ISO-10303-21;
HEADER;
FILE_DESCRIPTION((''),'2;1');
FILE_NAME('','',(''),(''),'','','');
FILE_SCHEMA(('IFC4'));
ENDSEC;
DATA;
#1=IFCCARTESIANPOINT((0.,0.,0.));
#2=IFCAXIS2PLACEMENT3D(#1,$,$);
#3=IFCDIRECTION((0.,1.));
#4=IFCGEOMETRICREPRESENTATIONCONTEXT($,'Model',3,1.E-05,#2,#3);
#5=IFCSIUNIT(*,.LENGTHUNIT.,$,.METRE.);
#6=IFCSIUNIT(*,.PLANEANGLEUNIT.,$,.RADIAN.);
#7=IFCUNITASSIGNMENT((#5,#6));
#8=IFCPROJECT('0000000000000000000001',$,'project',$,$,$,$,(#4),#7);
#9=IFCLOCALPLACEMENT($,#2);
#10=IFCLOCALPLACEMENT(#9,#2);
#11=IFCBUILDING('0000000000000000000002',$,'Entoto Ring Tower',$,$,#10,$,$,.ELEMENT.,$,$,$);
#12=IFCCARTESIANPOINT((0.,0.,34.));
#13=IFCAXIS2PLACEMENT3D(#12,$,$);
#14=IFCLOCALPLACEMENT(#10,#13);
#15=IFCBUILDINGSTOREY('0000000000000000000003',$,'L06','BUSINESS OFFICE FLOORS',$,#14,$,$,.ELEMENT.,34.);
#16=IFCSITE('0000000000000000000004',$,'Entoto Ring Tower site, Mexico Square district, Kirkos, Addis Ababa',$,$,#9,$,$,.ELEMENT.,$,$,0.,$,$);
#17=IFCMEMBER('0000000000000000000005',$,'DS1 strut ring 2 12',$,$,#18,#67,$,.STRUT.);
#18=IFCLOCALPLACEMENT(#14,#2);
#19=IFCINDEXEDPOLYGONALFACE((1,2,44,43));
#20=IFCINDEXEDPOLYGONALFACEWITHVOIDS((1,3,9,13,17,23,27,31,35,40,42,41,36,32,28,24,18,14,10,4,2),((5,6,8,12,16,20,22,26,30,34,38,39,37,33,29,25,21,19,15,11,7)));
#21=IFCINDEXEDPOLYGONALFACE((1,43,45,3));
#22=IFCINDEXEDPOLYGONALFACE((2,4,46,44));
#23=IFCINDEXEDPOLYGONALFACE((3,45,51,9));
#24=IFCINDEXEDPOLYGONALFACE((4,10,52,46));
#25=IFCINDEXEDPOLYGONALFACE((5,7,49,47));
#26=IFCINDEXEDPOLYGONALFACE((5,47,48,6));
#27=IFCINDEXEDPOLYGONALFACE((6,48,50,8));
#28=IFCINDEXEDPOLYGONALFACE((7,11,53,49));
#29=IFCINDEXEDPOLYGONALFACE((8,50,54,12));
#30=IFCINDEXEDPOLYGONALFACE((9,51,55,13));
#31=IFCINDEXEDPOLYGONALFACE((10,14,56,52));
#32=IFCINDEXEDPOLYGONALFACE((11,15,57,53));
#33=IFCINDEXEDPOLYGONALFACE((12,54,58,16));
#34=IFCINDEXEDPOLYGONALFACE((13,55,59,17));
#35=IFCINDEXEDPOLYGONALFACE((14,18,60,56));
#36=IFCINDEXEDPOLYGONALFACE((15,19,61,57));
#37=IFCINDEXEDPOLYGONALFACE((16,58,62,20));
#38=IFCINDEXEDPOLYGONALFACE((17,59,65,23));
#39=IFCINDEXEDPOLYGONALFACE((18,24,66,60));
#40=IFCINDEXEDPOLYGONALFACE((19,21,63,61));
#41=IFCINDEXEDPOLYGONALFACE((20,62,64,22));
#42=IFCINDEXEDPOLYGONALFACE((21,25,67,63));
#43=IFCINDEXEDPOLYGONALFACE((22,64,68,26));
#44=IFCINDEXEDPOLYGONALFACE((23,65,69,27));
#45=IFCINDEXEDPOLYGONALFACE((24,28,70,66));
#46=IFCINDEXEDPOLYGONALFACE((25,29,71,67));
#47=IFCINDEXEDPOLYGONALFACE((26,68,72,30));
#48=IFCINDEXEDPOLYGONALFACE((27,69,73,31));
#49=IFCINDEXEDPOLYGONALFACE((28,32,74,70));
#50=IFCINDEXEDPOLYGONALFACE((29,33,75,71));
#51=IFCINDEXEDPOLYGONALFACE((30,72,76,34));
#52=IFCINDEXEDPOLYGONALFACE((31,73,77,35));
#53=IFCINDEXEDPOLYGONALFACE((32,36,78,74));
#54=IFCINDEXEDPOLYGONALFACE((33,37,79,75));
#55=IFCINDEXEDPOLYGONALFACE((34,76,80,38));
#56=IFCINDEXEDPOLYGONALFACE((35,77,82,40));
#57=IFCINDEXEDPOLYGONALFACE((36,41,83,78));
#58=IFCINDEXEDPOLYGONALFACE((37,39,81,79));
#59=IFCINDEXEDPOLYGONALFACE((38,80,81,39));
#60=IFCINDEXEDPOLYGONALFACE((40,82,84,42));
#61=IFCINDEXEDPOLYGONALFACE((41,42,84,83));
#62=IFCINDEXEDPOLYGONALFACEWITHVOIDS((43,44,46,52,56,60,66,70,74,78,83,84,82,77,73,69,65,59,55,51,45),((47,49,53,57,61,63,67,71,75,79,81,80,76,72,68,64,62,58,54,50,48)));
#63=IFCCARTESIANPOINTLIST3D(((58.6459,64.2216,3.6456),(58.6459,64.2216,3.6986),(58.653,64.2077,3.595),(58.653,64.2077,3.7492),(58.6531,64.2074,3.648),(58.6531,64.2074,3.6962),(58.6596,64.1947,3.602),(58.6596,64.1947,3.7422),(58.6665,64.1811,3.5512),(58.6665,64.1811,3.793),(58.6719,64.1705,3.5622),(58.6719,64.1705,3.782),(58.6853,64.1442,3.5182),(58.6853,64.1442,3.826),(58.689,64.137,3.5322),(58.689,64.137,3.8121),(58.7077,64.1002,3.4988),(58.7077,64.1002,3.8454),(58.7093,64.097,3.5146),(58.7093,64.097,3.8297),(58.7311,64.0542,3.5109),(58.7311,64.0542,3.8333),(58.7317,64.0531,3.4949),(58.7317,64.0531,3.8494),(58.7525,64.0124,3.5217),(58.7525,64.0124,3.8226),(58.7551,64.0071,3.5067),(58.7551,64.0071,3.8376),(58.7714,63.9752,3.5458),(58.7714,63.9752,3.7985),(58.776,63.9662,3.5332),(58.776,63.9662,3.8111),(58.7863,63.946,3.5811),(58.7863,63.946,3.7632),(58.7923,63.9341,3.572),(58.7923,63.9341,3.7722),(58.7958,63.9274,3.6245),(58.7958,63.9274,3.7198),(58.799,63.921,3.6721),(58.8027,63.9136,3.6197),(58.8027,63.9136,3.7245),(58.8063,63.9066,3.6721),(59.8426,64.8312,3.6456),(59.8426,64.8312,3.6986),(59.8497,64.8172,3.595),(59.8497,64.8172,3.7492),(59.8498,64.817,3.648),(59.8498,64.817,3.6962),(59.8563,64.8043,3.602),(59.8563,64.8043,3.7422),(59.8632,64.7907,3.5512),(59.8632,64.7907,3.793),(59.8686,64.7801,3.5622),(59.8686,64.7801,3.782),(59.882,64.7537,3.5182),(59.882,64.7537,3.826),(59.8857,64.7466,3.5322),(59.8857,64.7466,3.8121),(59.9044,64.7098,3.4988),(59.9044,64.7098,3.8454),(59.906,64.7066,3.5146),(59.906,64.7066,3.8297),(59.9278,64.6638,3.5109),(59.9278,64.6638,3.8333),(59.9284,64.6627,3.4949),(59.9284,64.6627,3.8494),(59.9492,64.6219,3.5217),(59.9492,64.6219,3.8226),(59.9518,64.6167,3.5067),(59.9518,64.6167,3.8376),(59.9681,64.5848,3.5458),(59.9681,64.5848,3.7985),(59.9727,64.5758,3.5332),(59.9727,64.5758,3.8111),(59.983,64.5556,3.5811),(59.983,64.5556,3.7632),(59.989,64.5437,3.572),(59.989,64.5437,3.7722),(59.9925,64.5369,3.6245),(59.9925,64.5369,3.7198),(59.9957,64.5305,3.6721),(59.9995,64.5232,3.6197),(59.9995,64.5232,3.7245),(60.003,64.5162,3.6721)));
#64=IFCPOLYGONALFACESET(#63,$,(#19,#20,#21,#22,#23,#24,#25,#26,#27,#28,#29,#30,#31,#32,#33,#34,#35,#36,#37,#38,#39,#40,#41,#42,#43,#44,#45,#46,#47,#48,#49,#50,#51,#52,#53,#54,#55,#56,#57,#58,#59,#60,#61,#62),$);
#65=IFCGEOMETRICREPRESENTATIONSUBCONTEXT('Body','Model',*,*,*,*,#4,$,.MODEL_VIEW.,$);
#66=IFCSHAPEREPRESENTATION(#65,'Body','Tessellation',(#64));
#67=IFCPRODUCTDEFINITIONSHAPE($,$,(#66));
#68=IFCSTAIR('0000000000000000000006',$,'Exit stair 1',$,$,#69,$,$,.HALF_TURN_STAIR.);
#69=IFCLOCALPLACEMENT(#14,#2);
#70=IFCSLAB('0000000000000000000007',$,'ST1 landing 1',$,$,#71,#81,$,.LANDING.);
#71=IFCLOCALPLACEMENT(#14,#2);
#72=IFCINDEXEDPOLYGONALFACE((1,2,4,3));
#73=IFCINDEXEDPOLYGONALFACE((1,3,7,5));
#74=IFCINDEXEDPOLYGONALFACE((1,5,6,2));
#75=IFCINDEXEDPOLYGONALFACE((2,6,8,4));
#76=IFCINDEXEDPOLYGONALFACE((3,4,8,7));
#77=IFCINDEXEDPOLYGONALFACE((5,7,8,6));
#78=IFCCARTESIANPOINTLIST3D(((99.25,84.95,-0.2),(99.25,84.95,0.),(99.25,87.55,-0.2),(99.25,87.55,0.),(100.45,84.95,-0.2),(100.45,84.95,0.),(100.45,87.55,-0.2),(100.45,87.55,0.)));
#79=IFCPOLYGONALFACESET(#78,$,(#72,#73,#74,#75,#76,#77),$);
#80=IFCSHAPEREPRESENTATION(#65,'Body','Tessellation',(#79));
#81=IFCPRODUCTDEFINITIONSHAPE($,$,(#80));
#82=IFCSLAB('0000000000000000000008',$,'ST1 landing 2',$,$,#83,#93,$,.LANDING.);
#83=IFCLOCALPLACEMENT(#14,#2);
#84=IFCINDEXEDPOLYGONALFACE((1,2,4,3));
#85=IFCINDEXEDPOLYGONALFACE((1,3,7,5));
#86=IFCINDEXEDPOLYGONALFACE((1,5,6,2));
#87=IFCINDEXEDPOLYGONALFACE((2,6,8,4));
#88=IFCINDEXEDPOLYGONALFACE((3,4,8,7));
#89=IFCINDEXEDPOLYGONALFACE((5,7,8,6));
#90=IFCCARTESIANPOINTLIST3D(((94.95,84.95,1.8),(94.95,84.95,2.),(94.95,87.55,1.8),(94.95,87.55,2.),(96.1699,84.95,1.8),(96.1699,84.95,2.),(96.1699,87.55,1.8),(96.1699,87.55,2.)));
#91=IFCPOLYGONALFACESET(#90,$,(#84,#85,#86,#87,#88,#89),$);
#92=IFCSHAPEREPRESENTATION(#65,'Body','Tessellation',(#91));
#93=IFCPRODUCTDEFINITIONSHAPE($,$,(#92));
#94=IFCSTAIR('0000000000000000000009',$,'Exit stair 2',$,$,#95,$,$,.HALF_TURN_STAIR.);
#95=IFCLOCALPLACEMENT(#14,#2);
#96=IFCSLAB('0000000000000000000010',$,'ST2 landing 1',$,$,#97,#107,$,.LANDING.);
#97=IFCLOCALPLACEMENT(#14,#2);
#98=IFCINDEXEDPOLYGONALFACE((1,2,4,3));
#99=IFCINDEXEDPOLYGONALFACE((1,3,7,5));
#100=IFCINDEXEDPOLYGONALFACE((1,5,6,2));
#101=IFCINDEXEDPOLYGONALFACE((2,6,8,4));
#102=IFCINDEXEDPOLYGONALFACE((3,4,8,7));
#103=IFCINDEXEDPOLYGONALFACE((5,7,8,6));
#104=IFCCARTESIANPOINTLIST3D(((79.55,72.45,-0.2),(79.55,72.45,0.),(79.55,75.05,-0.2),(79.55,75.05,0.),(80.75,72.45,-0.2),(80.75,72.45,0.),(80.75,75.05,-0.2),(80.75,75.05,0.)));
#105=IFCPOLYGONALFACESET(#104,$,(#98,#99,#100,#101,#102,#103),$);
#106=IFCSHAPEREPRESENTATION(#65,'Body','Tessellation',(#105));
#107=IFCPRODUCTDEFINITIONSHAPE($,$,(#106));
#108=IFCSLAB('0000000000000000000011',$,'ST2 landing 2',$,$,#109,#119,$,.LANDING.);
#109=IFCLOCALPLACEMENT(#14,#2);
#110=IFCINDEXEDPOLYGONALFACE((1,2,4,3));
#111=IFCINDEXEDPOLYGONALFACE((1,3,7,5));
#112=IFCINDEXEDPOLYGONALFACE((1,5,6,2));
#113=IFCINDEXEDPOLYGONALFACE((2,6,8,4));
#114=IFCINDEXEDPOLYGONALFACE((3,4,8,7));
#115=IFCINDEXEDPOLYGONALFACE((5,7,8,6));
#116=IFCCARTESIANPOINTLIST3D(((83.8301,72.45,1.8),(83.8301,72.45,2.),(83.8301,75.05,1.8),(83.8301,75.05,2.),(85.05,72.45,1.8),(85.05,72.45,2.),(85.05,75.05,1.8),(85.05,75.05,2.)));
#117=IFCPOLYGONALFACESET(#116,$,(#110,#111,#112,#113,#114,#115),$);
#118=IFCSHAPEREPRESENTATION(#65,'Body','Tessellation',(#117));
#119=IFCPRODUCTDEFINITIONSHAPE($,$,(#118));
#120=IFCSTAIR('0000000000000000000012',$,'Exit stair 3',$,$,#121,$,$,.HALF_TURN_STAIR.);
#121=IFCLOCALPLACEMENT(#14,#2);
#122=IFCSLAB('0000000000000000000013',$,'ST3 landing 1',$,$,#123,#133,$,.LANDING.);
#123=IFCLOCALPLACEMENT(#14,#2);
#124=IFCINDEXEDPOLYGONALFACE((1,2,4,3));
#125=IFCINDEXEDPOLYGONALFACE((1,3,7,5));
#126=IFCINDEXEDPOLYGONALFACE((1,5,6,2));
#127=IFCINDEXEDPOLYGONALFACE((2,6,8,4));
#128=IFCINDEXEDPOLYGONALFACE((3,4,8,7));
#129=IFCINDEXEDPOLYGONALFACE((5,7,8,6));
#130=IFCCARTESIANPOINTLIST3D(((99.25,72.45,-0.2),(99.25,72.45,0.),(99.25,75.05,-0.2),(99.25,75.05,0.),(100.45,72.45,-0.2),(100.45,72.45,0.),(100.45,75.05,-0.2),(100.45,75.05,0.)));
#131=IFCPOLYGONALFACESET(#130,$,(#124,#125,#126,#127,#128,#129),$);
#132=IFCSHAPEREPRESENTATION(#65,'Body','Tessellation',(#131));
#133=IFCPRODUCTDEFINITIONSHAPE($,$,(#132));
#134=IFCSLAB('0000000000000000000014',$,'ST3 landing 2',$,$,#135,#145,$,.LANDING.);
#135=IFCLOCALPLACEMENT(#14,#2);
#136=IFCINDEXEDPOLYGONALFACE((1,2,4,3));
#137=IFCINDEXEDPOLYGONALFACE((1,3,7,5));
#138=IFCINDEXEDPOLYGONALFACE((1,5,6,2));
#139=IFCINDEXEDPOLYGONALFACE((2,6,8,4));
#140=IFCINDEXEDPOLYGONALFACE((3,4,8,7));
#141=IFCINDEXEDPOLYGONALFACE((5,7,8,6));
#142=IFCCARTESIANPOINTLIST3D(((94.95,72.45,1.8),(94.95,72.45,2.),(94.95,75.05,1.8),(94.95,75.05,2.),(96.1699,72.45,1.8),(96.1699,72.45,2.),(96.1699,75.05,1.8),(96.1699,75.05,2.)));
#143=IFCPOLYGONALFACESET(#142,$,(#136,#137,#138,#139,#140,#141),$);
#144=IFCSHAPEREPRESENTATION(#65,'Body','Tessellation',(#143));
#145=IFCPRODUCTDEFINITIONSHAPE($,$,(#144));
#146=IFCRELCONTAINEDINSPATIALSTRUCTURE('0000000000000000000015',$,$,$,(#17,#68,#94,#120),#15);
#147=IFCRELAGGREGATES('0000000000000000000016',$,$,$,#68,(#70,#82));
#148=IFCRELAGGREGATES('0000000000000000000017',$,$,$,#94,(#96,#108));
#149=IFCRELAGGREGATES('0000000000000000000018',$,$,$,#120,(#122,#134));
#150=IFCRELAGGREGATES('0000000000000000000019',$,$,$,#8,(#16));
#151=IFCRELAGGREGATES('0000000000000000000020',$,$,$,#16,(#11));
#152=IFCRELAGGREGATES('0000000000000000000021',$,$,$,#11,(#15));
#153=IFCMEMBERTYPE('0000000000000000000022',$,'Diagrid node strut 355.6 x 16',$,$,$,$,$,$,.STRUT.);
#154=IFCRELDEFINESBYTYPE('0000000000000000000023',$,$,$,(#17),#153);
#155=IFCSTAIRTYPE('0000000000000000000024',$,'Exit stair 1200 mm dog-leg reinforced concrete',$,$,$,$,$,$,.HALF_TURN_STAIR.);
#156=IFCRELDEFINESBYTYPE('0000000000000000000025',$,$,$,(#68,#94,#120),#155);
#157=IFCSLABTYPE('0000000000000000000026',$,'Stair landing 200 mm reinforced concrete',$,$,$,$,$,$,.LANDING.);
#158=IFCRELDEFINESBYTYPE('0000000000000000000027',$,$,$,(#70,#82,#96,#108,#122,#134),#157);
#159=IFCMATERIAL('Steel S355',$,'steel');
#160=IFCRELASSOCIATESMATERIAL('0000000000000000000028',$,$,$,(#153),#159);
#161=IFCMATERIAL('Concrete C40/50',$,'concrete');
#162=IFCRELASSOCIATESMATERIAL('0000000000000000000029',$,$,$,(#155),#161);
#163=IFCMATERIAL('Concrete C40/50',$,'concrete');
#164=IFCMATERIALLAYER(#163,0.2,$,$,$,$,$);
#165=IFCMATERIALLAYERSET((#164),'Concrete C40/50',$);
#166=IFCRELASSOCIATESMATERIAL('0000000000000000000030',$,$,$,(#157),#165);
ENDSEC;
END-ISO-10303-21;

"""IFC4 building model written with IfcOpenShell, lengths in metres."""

from ifc_helpers import new_model, si_unit, direction, frame, origin, origin_2d, place, context, subcontext, project, spatial, polyline, circle, hollow_circle, outline, extrude, material, layer, layer_set, material_profile, profile_set, type_object, element, aggregate, save


model = new_model("IFC4")

# Units and contexts
model_context = context("Model", 3, precision=1e-05, world=origin(), true_north=direction((0.0, 1.0)))
body_context = subcontext(model_context, "Body", "Model", "MODEL_VIEW")
ifc_project = project(units=[si_unit("LENGTHUNIT", "METRE"), si_unit("PLANEANGLEUNIT", "RADIAN")], contexts=[model_context])

# Site, building, storey
site_placement = place(None, origin())
site = spatial("IfcSite", under=ifc_project, at=site_placement, Name="Entoto Ring Tower site, Mexico Square district, Kirkos, Addis Ababa", CompositionType="ELEMENT", RefElevation=0.0)
building_placement = place(site_placement, origin())
building = spatial("IfcBuilding", under=site, at=building_placement, Name="Entoto Ring Tower", CompositionType="ELEMENT")
storey_placement = place(building_placement, frame((0.0, 0.0, 34.0)))
storey = spatial("IfcBuildingStorey", under=building, at=storey_placement, Name="L06", Description="BUSINESS OFFICE FLOORS", CompositionType="ELEMENT", Elevation=34.0)

# Member
ifc_material_1 = material(Name="Steel S355", Category="steel")
ifc_material_profile_1 = material_profile(ifc_material_1, hollow_circle(Radius=0.1777, WallThickness=0.0161, at=origin_2d()), Name="CHS 355.6 x 16")
ifc_material_2 = material(Name="Concrete C60/75", Category="concrete")
ifc_material_profile_2 = material_profile(ifc_material_2, circle(Radius=0.1619, at=origin_2d()), Name="Concrete C60/75 infill")
ifc_profile_set = profile_set([ifc_material_profile_1, ifc_material_profile_2], Name="Steel S355")
member_type = type_object("IfcMemberType", Name="Diagrid node strut 355.6 x 16", PredefinedType="STRUT", material=ifc_profile_set)
member_placement = place(storey_placement, frame((59.9224, 64.6746, 3.6721), z_axis=(-0.891058, -0.45389, 0.0), x_axis=(0.45389, -0.891058, 0.0)))
element("IfcMember", 1, at=member_placement, inside=storey, type_object=member_type, Name="DS1 strut ring 2 12", PredefinedType="STRUT", context=body_context, shape_type="SweptSolid", body=[
    extrude(hollow_circle(Radius=0.1777, WallThickness=0.0161, at=origin_2d()), origin(), (0.0, 0.0, 1.0), 1.343),
])

# Stairs, slabs
ifc_material_3 = material(Name="Concrete C40/50", Category="concrete")
stair_type = type_object("IfcStairType", Name="Exit stair 1200 mm dog-leg reinforced concrete", PredefinedType="HALF_TURN_STAIR", material=ifc_material_3)
stair_1_placement = place(storey_placement, origin())
stair_1 = element("IfcStair", 2, at=stair_1_placement, inside=storey, type_object=stair_type, Name="Exit stair 1", PredefinedType="HALF_TURN_STAIR")
ifc_material_4 = material(Name="Concrete C40/50", Category="concrete")
ifc_layer_1 = layer(ifc_material_4, 0.2)
ifc_layer_set_1 = layer_set([ifc_layer_1], Name="Concrete C40/50")
slab_type_1 = type_object("IfcSlabType", Name="Stair landing 200 mm reinforced concrete", PredefinedType="LANDING", material=ifc_layer_set_1)
slab_1_placement = place(storey_placement, frame((0.0, 0.0, -0.2)))
slab_1 = element("IfcSlab", 3, at=slab_1_placement, type_object=slab_type_1, Name="ST1 landing 1", PredefinedType="LANDING", context=body_context, shape_type="SweptSolid", body=[
    extrude(outline(polyline([(100.45, 84.95), (100.45, 87.55), (99.25, 87.55), (99.25, 84.95), (100.45, 84.95)])), origin(), (0.0, 0.0, 1.0), 0.2),
])
slab_2_placement = place(storey_placement, frame((0.0, 0.0, 1.8)))
slab_2 = element("IfcSlab", 4, at=slab_2_placement, type_object=slab_type_1, Name="ST1 landing 2", PredefinedType="LANDING", context=body_context, shape_type="SweptSolid", body=[
    extrude(outline(polyline([(94.95, 84.95), (96.1699, 84.95), (96.1699, 87.55), (94.95, 87.55), (94.95, 84.95)])), origin(), (0.0, 0.0, 1.0), 0.2),
])
aggregate(stair_1, [slab_1, slab_2])
stair_2_placement = place(storey_placement, origin())
stair_2 = element("IfcStair", 5, at=stair_2_placement, inside=storey, type_object=stair_type, Name="Exit stair 2", PredefinedType="HALF_TURN_STAIR")
slab_3_placement = place(storey_placement, frame((0.0, 0.0, -0.2)))
slab_3 = element("IfcSlab", 6, at=slab_3_placement, type_object=slab_type_1, Name="ST2 landing 1", PredefinedType="LANDING", context=body_context, shape_type="SweptSolid", body=[
    extrude(outline(polyline([(80.75, 72.45), (80.75, 75.05), (79.55, 75.05), (79.55, 72.45), (80.75, 72.45)])), origin(), (0.0, 0.0, 1.0), 0.2),
])
slab_4_placement = place(storey_placement, frame((0.0, 0.0, 1.8)))
slab_4 = element("IfcSlab", 7, at=slab_4_placement, type_object=slab_type_1, Name="ST2 landing 2", PredefinedType="LANDING", context=body_context, shape_type="SweptSolid", body=[
    extrude(outline(polyline([(83.8301, 72.45), (85.05, 72.45), (85.05, 75.05), (83.8301, 75.05), (83.8301, 72.45)])), origin(), (0.0, 0.0, 1.0), 0.2),
])
aggregate(stair_2, [slab_3, slab_4])
stair_3_placement = place(storey_placement, origin())
stair_3 = element("IfcStair", 8, at=stair_3_placement, inside=storey, type_object=stair_type, Name="Exit stair 3", PredefinedType="HALF_TURN_STAIR")
slab_5_placement = place(storey_placement, frame((0.0, 0.0, -0.2)))
slab_5 = element("IfcSlab", 9, at=slab_5_placement, type_object=slab_type_1, Name="ST3 landing 1", PredefinedType="LANDING", context=body_context, shape_type="SweptSolid", body=[
    extrude(outline(polyline([(100.45, 72.45), (100.45, 75.05), (99.25, 75.05), (99.25, 72.45), (100.45, 72.45)])), origin(), (0.0, 0.0, 1.0), 0.2),
])
slab_6_placement = place(storey_placement, frame((0.0, 0.0, 1.8)))
slab_6 = element("IfcSlab", 10, at=slab_6_placement, type_object=slab_type_1, Name="ST3 landing 2", PredefinedType="LANDING", context=body_context, shape_type="SweptSolid", body=[
    extrude(outline(polyline([(94.95, 72.45), (96.1699, 72.45), (96.1699, 75.05), (94.95, 75.05), (94.95, 72.45)])), origin(), (0.0, 0.0, 1.0), 0.2),
])
aggregate(stair_3, [slab_5, slab_6])

save(model, "model.ifc")
